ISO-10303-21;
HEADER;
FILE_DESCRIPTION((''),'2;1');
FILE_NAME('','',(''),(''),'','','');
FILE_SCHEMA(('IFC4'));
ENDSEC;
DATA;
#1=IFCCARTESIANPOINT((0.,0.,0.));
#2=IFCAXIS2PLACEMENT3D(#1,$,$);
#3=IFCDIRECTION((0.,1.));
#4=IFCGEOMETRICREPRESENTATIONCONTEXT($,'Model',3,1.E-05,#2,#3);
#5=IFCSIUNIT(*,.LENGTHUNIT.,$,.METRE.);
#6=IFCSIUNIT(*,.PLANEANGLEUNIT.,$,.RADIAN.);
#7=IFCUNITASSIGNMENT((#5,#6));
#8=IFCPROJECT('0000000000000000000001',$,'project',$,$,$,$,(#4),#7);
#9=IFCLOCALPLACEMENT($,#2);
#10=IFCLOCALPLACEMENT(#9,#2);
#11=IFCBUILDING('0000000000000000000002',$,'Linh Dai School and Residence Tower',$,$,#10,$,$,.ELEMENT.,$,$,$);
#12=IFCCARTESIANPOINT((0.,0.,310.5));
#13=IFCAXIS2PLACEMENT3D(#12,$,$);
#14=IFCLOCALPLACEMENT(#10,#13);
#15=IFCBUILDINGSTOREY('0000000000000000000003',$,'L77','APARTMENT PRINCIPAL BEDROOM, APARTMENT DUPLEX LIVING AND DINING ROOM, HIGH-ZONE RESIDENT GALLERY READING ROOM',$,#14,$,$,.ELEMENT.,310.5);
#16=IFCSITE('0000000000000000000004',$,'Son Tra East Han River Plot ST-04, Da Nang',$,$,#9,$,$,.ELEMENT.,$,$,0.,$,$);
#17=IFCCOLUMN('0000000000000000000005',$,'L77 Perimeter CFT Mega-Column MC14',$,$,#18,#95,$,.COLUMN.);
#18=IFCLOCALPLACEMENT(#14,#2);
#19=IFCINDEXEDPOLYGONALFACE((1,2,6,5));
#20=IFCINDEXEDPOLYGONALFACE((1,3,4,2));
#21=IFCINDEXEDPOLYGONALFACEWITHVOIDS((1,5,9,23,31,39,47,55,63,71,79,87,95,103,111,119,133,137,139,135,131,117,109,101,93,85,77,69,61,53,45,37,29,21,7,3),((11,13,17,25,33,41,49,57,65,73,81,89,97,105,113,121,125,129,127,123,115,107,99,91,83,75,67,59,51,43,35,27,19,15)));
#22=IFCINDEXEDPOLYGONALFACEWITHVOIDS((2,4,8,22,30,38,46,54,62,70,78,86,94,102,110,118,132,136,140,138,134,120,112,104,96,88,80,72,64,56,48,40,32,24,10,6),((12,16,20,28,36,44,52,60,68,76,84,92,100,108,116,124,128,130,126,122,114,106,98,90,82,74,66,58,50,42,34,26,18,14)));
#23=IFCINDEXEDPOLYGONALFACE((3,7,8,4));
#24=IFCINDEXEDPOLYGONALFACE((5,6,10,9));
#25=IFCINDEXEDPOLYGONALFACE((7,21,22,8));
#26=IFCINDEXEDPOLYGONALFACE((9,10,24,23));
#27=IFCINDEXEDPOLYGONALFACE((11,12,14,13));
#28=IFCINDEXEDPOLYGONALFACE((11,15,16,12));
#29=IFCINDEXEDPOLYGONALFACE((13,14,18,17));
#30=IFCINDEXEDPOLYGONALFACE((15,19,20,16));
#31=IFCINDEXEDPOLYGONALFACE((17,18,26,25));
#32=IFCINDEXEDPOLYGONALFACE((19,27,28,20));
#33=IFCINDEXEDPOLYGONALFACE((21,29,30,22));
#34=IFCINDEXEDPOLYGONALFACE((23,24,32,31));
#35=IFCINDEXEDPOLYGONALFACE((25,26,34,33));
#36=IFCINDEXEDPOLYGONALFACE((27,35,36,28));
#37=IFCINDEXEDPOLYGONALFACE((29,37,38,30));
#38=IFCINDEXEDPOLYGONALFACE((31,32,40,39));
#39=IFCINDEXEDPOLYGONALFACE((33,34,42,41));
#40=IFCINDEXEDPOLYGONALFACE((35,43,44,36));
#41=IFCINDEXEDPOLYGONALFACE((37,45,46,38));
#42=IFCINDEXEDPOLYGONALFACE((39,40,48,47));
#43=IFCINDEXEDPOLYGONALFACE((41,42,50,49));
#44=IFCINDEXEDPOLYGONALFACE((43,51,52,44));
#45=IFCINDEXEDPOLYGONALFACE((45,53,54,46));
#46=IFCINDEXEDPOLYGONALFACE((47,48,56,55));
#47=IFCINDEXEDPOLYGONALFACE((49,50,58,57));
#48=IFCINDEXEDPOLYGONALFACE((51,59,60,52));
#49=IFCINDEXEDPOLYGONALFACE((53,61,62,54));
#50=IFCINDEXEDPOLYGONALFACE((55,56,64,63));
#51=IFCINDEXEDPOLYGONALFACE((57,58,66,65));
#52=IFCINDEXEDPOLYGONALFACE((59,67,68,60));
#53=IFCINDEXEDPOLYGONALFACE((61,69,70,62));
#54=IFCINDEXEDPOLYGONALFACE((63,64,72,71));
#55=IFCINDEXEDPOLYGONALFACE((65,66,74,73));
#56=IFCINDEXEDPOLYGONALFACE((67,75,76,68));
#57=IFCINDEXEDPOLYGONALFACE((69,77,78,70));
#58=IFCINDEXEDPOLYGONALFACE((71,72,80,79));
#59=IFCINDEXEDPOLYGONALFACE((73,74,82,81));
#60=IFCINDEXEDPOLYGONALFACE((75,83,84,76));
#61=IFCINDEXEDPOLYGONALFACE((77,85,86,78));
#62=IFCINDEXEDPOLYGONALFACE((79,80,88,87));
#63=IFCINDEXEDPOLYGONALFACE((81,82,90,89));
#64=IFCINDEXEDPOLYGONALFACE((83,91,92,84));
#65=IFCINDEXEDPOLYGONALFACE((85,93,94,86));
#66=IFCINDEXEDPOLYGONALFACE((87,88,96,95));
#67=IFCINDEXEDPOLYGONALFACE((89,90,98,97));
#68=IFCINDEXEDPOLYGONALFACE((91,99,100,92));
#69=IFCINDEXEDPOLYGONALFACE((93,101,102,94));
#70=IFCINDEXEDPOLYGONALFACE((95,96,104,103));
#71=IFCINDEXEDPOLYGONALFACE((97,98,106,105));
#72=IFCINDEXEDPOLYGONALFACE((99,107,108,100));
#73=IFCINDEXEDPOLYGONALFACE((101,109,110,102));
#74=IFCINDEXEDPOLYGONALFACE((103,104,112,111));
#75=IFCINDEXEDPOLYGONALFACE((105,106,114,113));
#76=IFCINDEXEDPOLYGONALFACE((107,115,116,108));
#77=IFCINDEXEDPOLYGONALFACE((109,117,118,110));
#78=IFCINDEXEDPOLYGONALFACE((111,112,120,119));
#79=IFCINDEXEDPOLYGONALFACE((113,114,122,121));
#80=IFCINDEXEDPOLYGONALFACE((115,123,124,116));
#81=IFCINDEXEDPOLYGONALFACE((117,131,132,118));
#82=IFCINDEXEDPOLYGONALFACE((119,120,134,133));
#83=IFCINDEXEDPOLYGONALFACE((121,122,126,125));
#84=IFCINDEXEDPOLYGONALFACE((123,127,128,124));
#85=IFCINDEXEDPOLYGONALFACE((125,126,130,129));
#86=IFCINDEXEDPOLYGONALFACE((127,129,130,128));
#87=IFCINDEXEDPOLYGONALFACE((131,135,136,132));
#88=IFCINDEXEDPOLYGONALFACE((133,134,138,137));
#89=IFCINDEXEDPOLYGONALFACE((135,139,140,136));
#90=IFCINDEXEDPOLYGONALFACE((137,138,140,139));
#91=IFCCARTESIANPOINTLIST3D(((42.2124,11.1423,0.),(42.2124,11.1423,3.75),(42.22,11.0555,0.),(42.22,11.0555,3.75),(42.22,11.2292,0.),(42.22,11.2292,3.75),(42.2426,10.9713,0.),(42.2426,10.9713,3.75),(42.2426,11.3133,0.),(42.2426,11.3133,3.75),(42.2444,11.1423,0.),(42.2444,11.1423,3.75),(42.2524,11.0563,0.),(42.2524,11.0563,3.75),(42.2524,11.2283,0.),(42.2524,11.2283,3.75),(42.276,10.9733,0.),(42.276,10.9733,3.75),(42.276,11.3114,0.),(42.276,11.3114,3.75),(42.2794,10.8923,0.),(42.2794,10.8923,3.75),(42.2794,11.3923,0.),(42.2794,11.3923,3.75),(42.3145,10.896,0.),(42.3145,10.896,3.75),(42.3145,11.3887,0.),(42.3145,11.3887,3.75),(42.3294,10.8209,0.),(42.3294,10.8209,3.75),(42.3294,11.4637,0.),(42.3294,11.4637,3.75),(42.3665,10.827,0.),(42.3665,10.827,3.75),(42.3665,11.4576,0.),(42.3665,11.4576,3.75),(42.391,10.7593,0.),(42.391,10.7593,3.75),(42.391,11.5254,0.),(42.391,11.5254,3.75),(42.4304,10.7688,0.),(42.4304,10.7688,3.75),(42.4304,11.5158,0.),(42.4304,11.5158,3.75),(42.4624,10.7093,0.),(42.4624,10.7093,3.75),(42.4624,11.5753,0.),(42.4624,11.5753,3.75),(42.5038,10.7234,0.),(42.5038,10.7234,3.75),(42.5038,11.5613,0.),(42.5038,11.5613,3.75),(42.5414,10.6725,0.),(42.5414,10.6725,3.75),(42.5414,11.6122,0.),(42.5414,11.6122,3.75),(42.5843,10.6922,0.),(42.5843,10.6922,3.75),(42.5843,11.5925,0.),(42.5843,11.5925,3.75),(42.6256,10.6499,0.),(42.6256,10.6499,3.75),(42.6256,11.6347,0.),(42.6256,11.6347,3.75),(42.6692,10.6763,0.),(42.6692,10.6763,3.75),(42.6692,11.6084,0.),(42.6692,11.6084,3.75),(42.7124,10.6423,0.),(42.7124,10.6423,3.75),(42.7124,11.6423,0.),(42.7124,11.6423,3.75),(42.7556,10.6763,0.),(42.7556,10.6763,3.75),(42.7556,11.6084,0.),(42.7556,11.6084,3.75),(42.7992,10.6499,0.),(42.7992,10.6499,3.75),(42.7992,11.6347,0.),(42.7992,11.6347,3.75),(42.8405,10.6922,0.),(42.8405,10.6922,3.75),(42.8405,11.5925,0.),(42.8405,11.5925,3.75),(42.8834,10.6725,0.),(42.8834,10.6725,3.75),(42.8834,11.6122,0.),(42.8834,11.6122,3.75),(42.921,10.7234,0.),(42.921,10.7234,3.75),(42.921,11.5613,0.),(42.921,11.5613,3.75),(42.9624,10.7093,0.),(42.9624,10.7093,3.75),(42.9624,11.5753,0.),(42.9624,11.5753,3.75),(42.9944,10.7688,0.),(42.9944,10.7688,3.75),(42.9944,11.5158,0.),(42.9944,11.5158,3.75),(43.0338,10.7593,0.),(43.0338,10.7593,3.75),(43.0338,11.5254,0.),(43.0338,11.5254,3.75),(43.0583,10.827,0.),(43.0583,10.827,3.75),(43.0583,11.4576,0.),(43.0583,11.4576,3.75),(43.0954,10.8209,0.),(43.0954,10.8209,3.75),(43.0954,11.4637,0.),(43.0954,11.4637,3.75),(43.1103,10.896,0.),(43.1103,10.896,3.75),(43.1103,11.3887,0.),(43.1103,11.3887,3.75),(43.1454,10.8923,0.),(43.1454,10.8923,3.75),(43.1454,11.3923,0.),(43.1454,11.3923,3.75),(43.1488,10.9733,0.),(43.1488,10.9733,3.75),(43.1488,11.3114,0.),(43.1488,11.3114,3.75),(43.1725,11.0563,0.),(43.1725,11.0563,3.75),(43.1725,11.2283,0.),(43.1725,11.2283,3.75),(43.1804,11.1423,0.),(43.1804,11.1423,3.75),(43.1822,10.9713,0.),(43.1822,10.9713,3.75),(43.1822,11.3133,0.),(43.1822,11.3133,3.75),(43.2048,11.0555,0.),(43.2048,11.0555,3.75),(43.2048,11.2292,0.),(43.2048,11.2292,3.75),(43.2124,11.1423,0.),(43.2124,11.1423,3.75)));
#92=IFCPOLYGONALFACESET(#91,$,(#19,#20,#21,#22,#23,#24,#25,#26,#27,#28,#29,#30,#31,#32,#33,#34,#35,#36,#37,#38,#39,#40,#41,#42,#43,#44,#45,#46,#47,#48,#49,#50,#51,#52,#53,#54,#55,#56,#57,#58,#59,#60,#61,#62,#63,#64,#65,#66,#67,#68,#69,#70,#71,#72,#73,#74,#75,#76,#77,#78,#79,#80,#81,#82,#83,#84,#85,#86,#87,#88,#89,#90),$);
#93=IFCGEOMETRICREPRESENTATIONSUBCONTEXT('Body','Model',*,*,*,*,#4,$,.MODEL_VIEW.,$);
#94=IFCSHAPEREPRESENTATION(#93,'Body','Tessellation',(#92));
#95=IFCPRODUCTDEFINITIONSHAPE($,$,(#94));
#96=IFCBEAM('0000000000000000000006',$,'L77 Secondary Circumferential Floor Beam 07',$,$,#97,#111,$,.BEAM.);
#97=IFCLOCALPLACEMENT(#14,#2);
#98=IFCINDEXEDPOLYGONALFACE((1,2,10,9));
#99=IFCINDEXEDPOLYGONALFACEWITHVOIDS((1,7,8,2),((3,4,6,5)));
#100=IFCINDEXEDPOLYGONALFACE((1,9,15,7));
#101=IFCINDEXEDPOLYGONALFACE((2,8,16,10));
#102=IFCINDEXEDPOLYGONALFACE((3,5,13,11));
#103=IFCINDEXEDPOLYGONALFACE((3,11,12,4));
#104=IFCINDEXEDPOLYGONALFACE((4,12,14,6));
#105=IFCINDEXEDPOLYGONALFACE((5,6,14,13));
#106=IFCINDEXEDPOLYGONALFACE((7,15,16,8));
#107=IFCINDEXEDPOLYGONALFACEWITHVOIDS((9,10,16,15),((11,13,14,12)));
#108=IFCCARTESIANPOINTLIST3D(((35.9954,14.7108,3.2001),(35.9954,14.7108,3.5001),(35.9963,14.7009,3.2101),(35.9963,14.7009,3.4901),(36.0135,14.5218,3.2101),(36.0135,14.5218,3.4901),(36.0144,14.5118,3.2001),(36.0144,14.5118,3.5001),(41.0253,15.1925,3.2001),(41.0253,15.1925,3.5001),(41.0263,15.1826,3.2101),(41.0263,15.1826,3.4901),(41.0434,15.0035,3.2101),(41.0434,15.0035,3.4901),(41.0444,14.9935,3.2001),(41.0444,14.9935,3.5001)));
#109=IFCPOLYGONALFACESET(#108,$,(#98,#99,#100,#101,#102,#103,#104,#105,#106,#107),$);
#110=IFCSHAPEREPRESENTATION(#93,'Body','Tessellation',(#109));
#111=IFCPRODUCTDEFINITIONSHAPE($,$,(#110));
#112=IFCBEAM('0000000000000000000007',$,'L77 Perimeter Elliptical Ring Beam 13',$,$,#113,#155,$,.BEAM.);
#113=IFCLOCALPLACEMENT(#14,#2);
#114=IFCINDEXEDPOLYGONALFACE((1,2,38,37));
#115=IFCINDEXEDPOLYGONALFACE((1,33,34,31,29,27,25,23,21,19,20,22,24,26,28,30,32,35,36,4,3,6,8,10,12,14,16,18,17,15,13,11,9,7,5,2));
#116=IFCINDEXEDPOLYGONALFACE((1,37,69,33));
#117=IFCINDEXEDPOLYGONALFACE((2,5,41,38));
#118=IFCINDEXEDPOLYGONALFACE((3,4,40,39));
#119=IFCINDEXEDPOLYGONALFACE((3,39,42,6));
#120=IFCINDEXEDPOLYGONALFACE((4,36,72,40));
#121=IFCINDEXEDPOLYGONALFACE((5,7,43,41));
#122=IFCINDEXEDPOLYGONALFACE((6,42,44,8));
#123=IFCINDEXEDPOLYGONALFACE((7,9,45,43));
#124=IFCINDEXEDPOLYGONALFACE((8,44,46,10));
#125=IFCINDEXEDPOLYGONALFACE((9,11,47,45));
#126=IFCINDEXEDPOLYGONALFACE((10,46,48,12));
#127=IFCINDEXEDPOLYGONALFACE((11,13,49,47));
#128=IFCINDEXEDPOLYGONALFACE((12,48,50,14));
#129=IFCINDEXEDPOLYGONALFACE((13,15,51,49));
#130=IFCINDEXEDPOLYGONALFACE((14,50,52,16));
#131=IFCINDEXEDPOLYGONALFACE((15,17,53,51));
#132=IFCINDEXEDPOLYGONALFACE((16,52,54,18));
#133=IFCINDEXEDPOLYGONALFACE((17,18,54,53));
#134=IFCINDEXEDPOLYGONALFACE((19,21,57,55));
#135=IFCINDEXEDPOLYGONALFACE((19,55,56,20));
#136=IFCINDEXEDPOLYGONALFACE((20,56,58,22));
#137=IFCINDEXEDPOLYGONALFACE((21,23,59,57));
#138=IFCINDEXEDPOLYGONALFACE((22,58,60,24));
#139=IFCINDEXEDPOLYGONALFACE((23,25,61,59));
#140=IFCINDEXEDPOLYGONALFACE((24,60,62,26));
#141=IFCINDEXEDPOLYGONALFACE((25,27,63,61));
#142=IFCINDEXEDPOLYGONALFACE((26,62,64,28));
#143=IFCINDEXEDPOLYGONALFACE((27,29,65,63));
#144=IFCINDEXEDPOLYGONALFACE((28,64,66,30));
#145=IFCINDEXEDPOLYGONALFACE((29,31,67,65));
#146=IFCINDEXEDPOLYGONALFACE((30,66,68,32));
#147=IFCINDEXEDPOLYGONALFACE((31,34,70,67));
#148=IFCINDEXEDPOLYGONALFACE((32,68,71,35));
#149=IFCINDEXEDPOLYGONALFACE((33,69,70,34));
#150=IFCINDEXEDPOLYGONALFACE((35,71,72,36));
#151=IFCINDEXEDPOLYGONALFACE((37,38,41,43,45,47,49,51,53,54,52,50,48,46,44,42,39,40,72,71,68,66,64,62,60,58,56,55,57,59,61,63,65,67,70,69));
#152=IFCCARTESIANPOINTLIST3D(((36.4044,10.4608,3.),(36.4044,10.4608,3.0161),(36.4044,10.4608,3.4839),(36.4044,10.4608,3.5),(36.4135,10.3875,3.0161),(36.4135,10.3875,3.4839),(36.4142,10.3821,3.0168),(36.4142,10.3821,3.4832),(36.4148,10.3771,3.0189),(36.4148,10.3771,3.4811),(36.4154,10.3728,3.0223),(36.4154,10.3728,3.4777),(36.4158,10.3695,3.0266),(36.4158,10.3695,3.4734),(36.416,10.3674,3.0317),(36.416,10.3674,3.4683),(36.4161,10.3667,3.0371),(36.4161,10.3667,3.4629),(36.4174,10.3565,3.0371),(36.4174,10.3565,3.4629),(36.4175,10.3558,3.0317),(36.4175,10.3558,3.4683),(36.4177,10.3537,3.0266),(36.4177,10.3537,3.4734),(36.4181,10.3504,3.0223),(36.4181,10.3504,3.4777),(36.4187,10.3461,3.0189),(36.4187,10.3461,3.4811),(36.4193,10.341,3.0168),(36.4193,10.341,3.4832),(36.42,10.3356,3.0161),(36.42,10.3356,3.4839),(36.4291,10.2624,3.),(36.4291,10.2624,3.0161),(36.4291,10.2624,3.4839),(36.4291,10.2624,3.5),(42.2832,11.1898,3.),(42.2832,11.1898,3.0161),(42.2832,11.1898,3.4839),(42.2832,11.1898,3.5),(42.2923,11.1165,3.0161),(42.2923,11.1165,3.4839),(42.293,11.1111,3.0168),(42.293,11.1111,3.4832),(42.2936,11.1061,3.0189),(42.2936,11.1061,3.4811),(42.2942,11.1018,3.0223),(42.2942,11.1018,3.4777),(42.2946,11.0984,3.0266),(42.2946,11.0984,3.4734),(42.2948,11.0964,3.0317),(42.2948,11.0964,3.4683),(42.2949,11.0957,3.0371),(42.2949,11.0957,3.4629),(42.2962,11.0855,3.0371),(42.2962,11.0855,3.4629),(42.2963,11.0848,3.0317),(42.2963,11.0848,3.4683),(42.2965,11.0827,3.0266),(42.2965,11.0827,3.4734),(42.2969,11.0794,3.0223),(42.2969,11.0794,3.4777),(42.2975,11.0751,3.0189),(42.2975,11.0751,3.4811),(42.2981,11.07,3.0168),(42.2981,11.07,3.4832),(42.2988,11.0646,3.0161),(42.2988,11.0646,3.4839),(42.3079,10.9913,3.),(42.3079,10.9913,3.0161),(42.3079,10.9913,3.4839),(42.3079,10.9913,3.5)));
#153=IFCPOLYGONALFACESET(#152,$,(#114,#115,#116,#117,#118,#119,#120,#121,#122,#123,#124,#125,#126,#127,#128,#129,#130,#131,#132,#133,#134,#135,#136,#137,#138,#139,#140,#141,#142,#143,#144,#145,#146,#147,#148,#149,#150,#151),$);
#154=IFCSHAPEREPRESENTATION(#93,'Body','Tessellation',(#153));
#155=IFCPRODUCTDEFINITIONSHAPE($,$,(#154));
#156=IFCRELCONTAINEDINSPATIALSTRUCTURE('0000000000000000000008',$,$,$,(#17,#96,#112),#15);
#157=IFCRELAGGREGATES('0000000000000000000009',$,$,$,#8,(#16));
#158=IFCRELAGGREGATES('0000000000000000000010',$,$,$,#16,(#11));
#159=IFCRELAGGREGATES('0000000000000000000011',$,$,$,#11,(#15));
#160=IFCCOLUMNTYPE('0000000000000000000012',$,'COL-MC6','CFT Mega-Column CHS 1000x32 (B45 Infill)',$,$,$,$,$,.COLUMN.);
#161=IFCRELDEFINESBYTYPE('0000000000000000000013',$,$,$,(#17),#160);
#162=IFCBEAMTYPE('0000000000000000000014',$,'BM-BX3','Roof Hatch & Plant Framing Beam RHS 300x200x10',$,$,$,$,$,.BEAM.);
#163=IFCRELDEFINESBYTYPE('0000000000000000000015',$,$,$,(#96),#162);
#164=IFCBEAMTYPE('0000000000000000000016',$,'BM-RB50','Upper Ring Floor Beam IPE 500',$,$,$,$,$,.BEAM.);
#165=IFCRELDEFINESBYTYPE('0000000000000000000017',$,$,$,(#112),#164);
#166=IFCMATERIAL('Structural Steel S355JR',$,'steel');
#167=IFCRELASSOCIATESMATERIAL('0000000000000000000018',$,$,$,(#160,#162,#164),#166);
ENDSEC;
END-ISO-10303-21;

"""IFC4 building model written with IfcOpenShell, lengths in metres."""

from ifc_helpers import new_model, si_unit, direction, frame, origin, origin_2d, place, context, subcontext, project, spatial, hollow_rectangle, hollow_circle, i_section, extrude, material, material_profile, profile_set, type_object, element, save


model = new_model("IFC4")

# Units and contexts
model_context = context("Model", 3, precision=1e-05, world=origin(), true_north=direction((0.0, 1.0)))
body_context = subcontext(model_context, "Body", "Model", "MODEL_VIEW")
ifc_project = project(units=[si_unit("LENGTHUNIT", "METRE"), si_unit("PLANEANGLEUNIT", "RADIAN")], contexts=[model_context])

# Site, building, storey
site_placement = place(None, origin())
site = spatial("IfcSite", under=ifc_project, at=site_placement, Name="Son Tra East Han River Plot ST-04, Da Nang", CompositionType="ELEMENT", RefElevation=0.0)
building_placement = place(site_placement, origin())
building = spatial("IfcBuilding", under=site, at=building_placement, Name="Linh Dai School and Residence Tower", CompositionType="ELEMENT")
storey_placement = place(building_placement, frame((0.0, 0.0, 310.5)))
storey = spatial("IfcBuildingStorey", under=building, at=storey_placement, Name="L77", Description="APARTMENT PRINCIPAL BEDROOM, APARTMENT DUPLEX LIVING AND DINING ROOM, HIGH-ZONE RESIDENT GALLERY READING ROOM", CompositionType="ELEMENT", Elevation=310.5)

# Column
ifc_material_1 = material(Name="Structural Steel S355JR", Category="steel")
ifc_material_profile_1 = material_profile(ifc_material_1, hollow_circle(Radius=0.5, WallThickness=0.032, at=origin_2d()), Name="CHS 1000x32")
ifc_profile_set_1 = profile_set([ifc_material_profile_1], Name="Structural Steel S355JR")
column_type = type_object("IfcColumnType", Name="COL-MC6", Description="CFT Mega-Column CHS 1000x32 (B45 Infill)", PredefinedType="COLUMN", material=ifc_profile_set_1)
column_placement = place(storey_placement, frame((42.7124, 11.1423, 0.0), z_axis=(0.0, 0.0, 1.0), x_axis=(1.0, 0.0, 0.0)))
element("IfcColumn", 1, at=column_placement, inside=storey, type_object=column_type, Name="L77 Perimeter CFT Mega-Column MC14", PredefinedType="COLUMN", context=body_context, shape_type="SweptSolid", body=[
    extrude(hollow_circle(Radius=0.5, WallThickness=0.032, at=origin_2d()), origin(), (0.0, 0.0, 1.0), 3.75),
])

# Beams
ifc_material_profile_2 = material_profile(ifc_material_1, hollow_rectangle(XDim=0.2, YDim=0.3, WallThickness=0.01, at=origin_2d()), Name="RHS 300x200x10")
ifc_profile_set_2 = profile_set([ifc_material_profile_2], Name="Structural Steel S355JR")
beam_type_1 = type_object("IfcBeamType", Name="BM-BX3", Description="Roof Hatch & Plant Framing Beam RHS 300x200x10", PredefinedType="BEAM", material=ifc_profile_set_2)
beam_1_placement = place(storey_placement, frame((36.0049, 14.6113, 3.3501), z_axis=(0.995446, 0.095327, 0.0), x_axis=(-0.095327, 0.995446, 0.0)))
element("IfcBeam", 2, at=beam_1_placement, inside=storey, type_object=beam_type_1, Name="L77 Secondary Circumferential Floor Beam 07", PredefinedType="BEAM", context=body_context, shape_type="SweptSolid", body=[
    extrude(hollow_rectangle(XDim=0.2, YDim=0.3, WallThickness=0.01, at=origin_2d()), origin(), (0.0, 0.0, 1.0), 5.053),
])
ifc_material_profile_3 = material_profile(ifc_material_1, i_section(OverallWidth=0.2, OverallDepth=0.5, WebThickness=0.0103, FlangeThickness=0.0161, FilletRadius=0.021, at=origin_2d()), Name="IPE 500")
ifc_profile_set_3 = profile_set([ifc_material_profile_3], Name="Structural Steel S355JR")
beam_type_2 = type_object("IfcBeamType", Name="BM-RB50", Description="Upper Ring Floor Beam IPE 500", PredefinedType="BEAM", material=ifc_profile_set_3)
beam_2_placement = place(storey_placement, frame((36.4167, 10.3616, 3.25), z_axis=(0.992399, 0.123061, 0.0), x_axis=(-0.123061, 0.992399, 0.0)))
element("IfcBeam", 3, at=beam_2_placement, inside=storey, type_object=beam_type_2, Name="L77 Perimeter Elliptical Ring Beam 13", PredefinedType="BEAM", context=body_context, shape_type="SweptSolid", body=[
    extrude(i_section(OverallWidth=0.2, OverallDepth=0.5, WebThickness=0.0103, FlangeThickness=0.0161, FilletRadius=0.021, at=origin_2d()), origin(), (0.0, 0.0, 1.0), 5.9238),
])

save(model, "model.ifc")
